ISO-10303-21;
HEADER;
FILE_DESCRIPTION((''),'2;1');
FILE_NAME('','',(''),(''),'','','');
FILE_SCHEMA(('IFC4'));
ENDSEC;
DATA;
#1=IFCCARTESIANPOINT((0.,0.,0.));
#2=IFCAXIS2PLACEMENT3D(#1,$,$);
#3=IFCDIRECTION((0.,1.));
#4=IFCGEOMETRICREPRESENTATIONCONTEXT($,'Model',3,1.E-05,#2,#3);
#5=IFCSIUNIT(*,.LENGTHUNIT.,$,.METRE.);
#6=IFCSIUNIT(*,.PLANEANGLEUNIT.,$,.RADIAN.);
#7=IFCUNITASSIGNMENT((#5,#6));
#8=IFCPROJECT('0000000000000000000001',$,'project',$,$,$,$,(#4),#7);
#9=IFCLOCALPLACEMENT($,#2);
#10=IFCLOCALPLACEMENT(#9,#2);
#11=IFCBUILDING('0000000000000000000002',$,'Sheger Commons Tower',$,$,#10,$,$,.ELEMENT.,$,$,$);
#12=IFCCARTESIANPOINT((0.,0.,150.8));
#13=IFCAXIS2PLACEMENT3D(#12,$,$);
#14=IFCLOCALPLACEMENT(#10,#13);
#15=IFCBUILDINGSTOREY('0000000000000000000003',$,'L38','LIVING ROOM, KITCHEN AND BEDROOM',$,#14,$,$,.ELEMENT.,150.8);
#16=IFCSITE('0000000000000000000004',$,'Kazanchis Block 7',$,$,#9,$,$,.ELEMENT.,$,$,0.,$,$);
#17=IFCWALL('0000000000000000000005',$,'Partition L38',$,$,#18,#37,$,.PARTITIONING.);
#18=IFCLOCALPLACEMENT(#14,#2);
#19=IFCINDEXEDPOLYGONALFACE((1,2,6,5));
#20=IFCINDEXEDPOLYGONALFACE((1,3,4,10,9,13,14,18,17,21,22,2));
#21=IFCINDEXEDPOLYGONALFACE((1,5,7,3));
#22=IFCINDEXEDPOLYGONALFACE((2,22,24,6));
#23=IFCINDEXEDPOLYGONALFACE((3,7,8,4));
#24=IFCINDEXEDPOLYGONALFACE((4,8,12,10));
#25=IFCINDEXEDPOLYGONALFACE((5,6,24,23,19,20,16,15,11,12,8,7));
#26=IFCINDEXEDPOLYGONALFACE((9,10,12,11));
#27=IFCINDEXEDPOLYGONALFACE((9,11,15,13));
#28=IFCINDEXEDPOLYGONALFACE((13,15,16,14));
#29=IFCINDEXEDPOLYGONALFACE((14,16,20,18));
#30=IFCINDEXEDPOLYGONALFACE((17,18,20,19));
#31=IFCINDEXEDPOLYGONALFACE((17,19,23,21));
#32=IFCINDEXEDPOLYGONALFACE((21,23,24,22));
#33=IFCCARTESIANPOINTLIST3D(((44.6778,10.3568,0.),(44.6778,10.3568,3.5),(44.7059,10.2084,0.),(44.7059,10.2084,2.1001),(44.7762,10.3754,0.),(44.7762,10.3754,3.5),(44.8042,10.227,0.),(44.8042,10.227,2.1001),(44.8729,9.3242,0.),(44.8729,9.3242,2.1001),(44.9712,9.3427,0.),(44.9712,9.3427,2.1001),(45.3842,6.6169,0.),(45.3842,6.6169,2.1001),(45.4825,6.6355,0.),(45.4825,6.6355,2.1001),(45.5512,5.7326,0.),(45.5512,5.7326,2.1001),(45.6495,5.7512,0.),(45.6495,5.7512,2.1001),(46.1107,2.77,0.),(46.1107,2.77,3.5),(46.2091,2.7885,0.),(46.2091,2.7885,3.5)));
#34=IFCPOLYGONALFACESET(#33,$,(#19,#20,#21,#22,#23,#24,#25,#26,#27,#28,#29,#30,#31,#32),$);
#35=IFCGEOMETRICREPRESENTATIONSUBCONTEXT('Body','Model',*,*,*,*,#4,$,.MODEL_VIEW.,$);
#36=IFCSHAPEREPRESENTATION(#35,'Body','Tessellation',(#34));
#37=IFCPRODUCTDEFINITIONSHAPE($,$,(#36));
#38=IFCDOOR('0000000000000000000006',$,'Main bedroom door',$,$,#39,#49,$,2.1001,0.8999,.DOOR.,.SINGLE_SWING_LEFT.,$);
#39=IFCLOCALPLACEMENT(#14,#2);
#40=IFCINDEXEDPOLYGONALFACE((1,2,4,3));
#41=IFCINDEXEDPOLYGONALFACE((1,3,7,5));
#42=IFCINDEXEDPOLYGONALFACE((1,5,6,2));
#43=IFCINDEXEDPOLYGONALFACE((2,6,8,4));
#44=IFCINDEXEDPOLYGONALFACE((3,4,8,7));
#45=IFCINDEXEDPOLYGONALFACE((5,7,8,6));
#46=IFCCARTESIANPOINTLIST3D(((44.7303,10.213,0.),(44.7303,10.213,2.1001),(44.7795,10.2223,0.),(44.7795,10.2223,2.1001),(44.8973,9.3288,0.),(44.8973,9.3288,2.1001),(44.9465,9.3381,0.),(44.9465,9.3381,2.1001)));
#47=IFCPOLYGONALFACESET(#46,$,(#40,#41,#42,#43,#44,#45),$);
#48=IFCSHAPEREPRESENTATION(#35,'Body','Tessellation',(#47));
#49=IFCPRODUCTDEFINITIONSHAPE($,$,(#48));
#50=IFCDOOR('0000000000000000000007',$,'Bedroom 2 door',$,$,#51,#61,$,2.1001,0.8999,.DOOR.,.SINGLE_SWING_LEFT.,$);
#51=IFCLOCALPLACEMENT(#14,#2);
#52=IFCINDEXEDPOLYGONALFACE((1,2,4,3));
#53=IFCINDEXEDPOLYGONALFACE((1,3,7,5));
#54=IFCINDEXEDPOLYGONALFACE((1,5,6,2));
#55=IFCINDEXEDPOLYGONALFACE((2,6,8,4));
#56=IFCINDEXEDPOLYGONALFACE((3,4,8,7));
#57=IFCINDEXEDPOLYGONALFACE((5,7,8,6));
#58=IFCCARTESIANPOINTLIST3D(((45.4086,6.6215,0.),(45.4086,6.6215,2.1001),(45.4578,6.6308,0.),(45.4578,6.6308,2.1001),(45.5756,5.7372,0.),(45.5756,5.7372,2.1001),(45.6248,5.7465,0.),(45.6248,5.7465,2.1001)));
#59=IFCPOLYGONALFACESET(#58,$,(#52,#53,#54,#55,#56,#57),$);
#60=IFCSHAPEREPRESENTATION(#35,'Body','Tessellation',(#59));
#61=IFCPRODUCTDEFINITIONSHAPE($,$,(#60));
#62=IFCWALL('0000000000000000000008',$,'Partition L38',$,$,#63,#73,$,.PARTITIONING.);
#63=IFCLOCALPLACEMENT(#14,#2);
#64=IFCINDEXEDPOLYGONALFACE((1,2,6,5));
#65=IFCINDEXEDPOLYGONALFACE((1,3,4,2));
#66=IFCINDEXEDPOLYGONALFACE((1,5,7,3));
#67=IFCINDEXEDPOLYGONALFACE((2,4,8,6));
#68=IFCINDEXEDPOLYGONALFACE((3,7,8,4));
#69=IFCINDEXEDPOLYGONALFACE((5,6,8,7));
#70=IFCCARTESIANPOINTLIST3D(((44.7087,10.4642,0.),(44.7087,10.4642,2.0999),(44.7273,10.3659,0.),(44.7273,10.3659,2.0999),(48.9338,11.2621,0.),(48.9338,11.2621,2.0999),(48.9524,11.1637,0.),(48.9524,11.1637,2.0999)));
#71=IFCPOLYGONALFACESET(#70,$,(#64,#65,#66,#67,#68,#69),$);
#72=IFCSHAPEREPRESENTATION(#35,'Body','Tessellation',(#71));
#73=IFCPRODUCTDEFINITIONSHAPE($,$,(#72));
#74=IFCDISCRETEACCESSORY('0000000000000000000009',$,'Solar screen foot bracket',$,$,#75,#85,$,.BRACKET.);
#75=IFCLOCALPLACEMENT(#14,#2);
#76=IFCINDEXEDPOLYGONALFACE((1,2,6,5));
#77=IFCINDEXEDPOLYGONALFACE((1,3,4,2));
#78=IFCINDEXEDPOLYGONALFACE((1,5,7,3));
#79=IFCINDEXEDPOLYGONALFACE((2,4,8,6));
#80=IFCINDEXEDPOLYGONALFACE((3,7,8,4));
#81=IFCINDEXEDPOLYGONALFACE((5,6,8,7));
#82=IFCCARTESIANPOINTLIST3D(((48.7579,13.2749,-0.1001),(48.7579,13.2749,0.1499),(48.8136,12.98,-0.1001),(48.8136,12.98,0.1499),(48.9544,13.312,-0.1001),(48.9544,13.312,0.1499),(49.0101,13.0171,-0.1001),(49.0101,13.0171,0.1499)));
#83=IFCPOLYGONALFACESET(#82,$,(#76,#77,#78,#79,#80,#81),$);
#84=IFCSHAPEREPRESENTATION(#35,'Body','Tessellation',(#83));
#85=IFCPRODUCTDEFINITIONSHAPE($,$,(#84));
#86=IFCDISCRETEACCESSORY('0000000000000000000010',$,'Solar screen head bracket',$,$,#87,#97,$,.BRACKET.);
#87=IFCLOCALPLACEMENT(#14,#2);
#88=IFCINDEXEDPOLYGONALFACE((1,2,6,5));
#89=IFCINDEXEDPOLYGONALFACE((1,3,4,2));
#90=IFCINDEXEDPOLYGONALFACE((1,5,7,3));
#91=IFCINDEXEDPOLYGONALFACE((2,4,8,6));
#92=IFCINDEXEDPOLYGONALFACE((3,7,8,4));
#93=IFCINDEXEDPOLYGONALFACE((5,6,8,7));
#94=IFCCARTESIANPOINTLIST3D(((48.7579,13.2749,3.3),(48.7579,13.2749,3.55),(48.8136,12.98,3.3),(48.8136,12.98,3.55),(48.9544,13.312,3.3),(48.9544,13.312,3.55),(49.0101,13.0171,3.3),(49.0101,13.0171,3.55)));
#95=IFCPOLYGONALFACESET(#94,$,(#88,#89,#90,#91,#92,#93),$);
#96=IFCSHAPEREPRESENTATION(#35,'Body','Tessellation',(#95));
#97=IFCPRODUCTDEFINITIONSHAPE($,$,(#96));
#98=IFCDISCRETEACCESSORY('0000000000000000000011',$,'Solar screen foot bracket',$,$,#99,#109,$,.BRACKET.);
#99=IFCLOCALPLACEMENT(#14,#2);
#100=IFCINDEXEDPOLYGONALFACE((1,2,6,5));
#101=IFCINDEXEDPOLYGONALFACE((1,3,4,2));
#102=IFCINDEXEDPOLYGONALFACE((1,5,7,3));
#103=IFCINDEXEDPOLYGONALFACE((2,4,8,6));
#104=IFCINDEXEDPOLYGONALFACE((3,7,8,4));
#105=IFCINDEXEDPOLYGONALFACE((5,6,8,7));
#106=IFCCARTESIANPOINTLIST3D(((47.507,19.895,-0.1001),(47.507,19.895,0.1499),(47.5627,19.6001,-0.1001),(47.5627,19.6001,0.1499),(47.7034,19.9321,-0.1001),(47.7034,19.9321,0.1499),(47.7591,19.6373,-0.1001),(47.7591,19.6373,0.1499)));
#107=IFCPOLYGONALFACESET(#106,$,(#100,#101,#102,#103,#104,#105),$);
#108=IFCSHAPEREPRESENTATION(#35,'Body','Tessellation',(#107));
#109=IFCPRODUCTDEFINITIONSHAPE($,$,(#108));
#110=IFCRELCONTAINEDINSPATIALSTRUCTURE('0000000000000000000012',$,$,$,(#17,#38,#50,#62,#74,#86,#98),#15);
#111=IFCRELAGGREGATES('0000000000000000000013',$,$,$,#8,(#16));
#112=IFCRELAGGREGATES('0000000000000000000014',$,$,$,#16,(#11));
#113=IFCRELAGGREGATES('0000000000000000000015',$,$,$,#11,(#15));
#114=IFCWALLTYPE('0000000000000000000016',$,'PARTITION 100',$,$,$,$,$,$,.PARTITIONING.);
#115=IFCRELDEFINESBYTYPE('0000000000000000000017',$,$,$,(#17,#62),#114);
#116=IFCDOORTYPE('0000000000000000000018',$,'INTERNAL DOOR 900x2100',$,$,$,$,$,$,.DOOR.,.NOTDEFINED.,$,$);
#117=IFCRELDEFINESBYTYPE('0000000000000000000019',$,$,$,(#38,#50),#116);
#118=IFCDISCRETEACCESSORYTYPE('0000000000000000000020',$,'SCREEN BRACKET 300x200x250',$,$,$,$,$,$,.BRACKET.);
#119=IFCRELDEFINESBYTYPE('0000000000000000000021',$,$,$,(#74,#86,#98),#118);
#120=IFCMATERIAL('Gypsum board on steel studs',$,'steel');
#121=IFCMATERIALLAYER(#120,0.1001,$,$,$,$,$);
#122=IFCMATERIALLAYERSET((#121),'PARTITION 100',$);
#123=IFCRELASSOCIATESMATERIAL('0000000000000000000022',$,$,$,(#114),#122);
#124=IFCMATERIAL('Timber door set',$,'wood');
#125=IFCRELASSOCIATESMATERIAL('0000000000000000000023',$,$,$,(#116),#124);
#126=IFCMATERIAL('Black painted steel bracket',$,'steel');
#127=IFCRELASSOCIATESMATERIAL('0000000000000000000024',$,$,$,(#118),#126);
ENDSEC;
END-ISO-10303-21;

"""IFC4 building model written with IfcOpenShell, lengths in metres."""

from ifc_helpers import new_model, si_unit, direction, frame, frame_2d, origin, origin_2d, place, context, subcontext, project, spatial, rectangle, extrude, material, layer, layer_set, type_object, element, fill, save


model = new_model("IFC4")

# Units and contexts
model_context = context("Model", 3, precision=1e-05, world=origin(), true_north=direction((0.0, 1.0)))
body_context = subcontext(model_context, "Body", "Model", "MODEL_VIEW")
ifc_project = project(units=[si_unit("LENGTHUNIT", "METRE"), si_unit("PLANEANGLEUNIT", "RADIAN")], contexts=[model_context])

# Site, building, storey
site_placement = place(None, origin())
site = spatial("IfcSite", under=ifc_project, at=site_placement, Name="Kazanchis Block 7", CompositionType="ELEMENT", RefElevation=0.0)
building_placement = place(site_placement, origin())
building = spatial("IfcBuilding", under=site, at=building_placement, Name="Sheger Commons Tower", CompositionType="ELEMENT")
storey_placement = place(building_placement, frame((0.0, 0.0, 150.8)))
storey = spatial("IfcBuildingStorey", under=building, at=storey_placement, Name="L38", Description="LIVING ROOM, KITCHEN AND BEDROOM", CompositionType="ELEMENT", Elevation=150.8)

# Shared definitions
ifc_material_1 = material(Name="Gypsum board on steel studs", Category="steel")
ifc_layer_1 = layer(ifc_material_1, 0.1001)
ifc_layer_set_1 = layer_set([ifc_layer_1], Name="PARTITION 100")
wall_type_1 = type_object("IfcWallType", Name="PARTITION 100", PredefinedType="PARTITIONING", material=ifc_layer_set_1)

# Shared definitions
ifc_material_2 = material(Name="Timber door set", Category="wood")
door_type = type_object("IfcDoorType", Name="INTERNAL DOOR 900x2100", OperationType="NOTDEFINED", PredefinedType="DOOR", material=ifc_material_2)

# Wall, openings, doors
wall_1_placement = place(storey_placement, frame((44.7271, 10.366, 0.0), z_axis=(0.0, 0.0, 1.0), x_axis=(0.185579, -0.982629, 0.0)))
wall_1 = element("IfcWall", 1, at=wall_1_placement, inside=storey, type_object=wall_type_1, Name="Partition L38", PredefinedType="PARTITIONING", context=body_context, shape_type="SweptSolid", body=[
    extrude(rectangle(XDim=7.7209, YDim=0.1001, at=frame_2d((3.8604, 0.0))), origin(), (0.0, 0.0, 1.0), 3.5),
])
opening_1_placement = place(wall_1_placement, frame((0.1509, 0.0, 0.0)))
opening_1 = element("IfcOpeningElement", 2, at=opening_1_placement, cuts=wall_1, PredefinedType="OPENING", context=body_context, shape_type="SweptSolid", body=[
    extrude(rectangle(XDim=0.8999, YDim=2.1001, at=frame_2d((0.45, 1.05))), frame((0.0, 0.0601, 0.0), z_axis=(0.0, -1.0, 0.0), x_axis=(1.0, 0.0, 0.0)), (0.0, 0.0, 1.0), 0.1201),
])
opening_2_placement = place(wall_1_placement, frame((3.8059, 0.0, 0.0)))
opening_2 = element("IfcOpeningElement", 3, at=opening_2_placement, cuts=wall_1, PredefinedType="OPENING", context=body_context, shape_type="SweptSolid", body=[
    extrude(rectangle(XDim=0.8999, YDim=2.1001, at=frame_2d((0.45, 1.05))), frame((0.0, 0.0601, 0.0), z_axis=(0.0, -1.0, 0.0), x_axis=(1.0, 0.0, 0.0)), (0.0, 0.0, 1.0), 0.1201),
])
door_1_placement = place(opening_1_placement, origin())
door_1 = element("IfcDoor", 4, at=door_1_placement, inside=storey, type_object=door_type, Name="Main bedroom door", OperationType="SINGLE_SWING_LEFT", OverallHeight=2.1001, OverallWidth=0.8999, PredefinedType="DOOR", context=body_context, shape_type="SweptSolid", body=[
    extrude(rectangle(XDim=0.8999, YDim=2.1001, at=frame_2d((0.45, 1.05))), frame((0.0, 0.0249, 0.0), z_axis=(0.0, -1.0, 0.0), x_axis=(1.0, 0.0, 0.0)), (0.0, 0.0, 1.0), 0.05),
])
fill(opening_1, door_1)
door_2_placement = place(opening_2_placement, origin())
door_2 = element("IfcDoor", 5, at=door_2_placement, inside=storey, type_object=door_type, Name="Bedroom 2 door", OperationType="SINGLE_SWING_LEFT", OverallHeight=2.1001, OverallWidth=0.8999, PredefinedType="DOOR", context=body_context, shape_type="SweptSolid", body=[
    extrude(rectangle(XDim=0.8999, YDim=2.1001, at=frame_2d((0.45, 1.05))), frame((0.0, 0.0249, 0.0), z_axis=(0.0, -1.0, 0.0), x_axis=(1.0, 0.0, 0.0)), (0.0, 0.0, 1.0), 0.05),
])
fill(opening_2, door_2)

# Wall
wall_2_placement = place(storey_placement, frame((48.9431, 11.2129, 0.0), z_axis=(0.0, 0.0, 1.0), x_axis=(-0.982634, -0.185557, 0.0)))
element("IfcWall", 6, at=wall_2_placement, inside=storey, type_object=wall_type_1, Name="Partition L38", PredefinedType="PARTITIONING", context=body_context, shape_type="SweptSolid", body=[
    extrude(rectangle(XDim=4.2998, YDim=0.1001, at=frame_2d((2.1499, 0.0))), origin(), (0.0, 0.0, 1.0), 2.0999),
])

# Discrete accessories
ifc_material_3 = material(Name="Black painted steel bracket", Category="steel")
discrete_accessory_type = type_object("IfcDiscreteAccessoryType", Name="SCREEN BRACKET 300x200x250", PredefinedType="BRACKET", material=ifc_material_3)
for number, where, z_axis, x_axis, name in (
    (7, (48.884, 13.146, -0.1001), (0.0, 0.0, 1.0), (-0.185615, 0.982623, 0.0), "Solar screen foot bracket"),
    (8, (48.884, 13.146, 3.3), (0.0, 0.0, 1.0), (-0.185615, 0.982623, 0.0), "Solar screen head bracket"),
    (9, (47.6331, 19.7661, -0.1001), (0.0, 0.0, 1.0), (-0.185615, 0.982623, 0.0), "Solar screen foot bracket"),
):
    element("IfcDiscreteAccessory", number, at=place(storey_placement, frame(where, z_axis=z_axis, x_axis=x_axis)), inside=storey, type_object=discrete_accessory_type, Name=name, PredefinedType="BRACKET", context=body_context, shape_type="SweptSolid", body=[
        extrude(rectangle(XDim=0.3, YDim=0.2, at=origin_2d()), origin(), (0.0, 0.0, 1.0), 0.25),
    ])

save(model, "model.ifc")
